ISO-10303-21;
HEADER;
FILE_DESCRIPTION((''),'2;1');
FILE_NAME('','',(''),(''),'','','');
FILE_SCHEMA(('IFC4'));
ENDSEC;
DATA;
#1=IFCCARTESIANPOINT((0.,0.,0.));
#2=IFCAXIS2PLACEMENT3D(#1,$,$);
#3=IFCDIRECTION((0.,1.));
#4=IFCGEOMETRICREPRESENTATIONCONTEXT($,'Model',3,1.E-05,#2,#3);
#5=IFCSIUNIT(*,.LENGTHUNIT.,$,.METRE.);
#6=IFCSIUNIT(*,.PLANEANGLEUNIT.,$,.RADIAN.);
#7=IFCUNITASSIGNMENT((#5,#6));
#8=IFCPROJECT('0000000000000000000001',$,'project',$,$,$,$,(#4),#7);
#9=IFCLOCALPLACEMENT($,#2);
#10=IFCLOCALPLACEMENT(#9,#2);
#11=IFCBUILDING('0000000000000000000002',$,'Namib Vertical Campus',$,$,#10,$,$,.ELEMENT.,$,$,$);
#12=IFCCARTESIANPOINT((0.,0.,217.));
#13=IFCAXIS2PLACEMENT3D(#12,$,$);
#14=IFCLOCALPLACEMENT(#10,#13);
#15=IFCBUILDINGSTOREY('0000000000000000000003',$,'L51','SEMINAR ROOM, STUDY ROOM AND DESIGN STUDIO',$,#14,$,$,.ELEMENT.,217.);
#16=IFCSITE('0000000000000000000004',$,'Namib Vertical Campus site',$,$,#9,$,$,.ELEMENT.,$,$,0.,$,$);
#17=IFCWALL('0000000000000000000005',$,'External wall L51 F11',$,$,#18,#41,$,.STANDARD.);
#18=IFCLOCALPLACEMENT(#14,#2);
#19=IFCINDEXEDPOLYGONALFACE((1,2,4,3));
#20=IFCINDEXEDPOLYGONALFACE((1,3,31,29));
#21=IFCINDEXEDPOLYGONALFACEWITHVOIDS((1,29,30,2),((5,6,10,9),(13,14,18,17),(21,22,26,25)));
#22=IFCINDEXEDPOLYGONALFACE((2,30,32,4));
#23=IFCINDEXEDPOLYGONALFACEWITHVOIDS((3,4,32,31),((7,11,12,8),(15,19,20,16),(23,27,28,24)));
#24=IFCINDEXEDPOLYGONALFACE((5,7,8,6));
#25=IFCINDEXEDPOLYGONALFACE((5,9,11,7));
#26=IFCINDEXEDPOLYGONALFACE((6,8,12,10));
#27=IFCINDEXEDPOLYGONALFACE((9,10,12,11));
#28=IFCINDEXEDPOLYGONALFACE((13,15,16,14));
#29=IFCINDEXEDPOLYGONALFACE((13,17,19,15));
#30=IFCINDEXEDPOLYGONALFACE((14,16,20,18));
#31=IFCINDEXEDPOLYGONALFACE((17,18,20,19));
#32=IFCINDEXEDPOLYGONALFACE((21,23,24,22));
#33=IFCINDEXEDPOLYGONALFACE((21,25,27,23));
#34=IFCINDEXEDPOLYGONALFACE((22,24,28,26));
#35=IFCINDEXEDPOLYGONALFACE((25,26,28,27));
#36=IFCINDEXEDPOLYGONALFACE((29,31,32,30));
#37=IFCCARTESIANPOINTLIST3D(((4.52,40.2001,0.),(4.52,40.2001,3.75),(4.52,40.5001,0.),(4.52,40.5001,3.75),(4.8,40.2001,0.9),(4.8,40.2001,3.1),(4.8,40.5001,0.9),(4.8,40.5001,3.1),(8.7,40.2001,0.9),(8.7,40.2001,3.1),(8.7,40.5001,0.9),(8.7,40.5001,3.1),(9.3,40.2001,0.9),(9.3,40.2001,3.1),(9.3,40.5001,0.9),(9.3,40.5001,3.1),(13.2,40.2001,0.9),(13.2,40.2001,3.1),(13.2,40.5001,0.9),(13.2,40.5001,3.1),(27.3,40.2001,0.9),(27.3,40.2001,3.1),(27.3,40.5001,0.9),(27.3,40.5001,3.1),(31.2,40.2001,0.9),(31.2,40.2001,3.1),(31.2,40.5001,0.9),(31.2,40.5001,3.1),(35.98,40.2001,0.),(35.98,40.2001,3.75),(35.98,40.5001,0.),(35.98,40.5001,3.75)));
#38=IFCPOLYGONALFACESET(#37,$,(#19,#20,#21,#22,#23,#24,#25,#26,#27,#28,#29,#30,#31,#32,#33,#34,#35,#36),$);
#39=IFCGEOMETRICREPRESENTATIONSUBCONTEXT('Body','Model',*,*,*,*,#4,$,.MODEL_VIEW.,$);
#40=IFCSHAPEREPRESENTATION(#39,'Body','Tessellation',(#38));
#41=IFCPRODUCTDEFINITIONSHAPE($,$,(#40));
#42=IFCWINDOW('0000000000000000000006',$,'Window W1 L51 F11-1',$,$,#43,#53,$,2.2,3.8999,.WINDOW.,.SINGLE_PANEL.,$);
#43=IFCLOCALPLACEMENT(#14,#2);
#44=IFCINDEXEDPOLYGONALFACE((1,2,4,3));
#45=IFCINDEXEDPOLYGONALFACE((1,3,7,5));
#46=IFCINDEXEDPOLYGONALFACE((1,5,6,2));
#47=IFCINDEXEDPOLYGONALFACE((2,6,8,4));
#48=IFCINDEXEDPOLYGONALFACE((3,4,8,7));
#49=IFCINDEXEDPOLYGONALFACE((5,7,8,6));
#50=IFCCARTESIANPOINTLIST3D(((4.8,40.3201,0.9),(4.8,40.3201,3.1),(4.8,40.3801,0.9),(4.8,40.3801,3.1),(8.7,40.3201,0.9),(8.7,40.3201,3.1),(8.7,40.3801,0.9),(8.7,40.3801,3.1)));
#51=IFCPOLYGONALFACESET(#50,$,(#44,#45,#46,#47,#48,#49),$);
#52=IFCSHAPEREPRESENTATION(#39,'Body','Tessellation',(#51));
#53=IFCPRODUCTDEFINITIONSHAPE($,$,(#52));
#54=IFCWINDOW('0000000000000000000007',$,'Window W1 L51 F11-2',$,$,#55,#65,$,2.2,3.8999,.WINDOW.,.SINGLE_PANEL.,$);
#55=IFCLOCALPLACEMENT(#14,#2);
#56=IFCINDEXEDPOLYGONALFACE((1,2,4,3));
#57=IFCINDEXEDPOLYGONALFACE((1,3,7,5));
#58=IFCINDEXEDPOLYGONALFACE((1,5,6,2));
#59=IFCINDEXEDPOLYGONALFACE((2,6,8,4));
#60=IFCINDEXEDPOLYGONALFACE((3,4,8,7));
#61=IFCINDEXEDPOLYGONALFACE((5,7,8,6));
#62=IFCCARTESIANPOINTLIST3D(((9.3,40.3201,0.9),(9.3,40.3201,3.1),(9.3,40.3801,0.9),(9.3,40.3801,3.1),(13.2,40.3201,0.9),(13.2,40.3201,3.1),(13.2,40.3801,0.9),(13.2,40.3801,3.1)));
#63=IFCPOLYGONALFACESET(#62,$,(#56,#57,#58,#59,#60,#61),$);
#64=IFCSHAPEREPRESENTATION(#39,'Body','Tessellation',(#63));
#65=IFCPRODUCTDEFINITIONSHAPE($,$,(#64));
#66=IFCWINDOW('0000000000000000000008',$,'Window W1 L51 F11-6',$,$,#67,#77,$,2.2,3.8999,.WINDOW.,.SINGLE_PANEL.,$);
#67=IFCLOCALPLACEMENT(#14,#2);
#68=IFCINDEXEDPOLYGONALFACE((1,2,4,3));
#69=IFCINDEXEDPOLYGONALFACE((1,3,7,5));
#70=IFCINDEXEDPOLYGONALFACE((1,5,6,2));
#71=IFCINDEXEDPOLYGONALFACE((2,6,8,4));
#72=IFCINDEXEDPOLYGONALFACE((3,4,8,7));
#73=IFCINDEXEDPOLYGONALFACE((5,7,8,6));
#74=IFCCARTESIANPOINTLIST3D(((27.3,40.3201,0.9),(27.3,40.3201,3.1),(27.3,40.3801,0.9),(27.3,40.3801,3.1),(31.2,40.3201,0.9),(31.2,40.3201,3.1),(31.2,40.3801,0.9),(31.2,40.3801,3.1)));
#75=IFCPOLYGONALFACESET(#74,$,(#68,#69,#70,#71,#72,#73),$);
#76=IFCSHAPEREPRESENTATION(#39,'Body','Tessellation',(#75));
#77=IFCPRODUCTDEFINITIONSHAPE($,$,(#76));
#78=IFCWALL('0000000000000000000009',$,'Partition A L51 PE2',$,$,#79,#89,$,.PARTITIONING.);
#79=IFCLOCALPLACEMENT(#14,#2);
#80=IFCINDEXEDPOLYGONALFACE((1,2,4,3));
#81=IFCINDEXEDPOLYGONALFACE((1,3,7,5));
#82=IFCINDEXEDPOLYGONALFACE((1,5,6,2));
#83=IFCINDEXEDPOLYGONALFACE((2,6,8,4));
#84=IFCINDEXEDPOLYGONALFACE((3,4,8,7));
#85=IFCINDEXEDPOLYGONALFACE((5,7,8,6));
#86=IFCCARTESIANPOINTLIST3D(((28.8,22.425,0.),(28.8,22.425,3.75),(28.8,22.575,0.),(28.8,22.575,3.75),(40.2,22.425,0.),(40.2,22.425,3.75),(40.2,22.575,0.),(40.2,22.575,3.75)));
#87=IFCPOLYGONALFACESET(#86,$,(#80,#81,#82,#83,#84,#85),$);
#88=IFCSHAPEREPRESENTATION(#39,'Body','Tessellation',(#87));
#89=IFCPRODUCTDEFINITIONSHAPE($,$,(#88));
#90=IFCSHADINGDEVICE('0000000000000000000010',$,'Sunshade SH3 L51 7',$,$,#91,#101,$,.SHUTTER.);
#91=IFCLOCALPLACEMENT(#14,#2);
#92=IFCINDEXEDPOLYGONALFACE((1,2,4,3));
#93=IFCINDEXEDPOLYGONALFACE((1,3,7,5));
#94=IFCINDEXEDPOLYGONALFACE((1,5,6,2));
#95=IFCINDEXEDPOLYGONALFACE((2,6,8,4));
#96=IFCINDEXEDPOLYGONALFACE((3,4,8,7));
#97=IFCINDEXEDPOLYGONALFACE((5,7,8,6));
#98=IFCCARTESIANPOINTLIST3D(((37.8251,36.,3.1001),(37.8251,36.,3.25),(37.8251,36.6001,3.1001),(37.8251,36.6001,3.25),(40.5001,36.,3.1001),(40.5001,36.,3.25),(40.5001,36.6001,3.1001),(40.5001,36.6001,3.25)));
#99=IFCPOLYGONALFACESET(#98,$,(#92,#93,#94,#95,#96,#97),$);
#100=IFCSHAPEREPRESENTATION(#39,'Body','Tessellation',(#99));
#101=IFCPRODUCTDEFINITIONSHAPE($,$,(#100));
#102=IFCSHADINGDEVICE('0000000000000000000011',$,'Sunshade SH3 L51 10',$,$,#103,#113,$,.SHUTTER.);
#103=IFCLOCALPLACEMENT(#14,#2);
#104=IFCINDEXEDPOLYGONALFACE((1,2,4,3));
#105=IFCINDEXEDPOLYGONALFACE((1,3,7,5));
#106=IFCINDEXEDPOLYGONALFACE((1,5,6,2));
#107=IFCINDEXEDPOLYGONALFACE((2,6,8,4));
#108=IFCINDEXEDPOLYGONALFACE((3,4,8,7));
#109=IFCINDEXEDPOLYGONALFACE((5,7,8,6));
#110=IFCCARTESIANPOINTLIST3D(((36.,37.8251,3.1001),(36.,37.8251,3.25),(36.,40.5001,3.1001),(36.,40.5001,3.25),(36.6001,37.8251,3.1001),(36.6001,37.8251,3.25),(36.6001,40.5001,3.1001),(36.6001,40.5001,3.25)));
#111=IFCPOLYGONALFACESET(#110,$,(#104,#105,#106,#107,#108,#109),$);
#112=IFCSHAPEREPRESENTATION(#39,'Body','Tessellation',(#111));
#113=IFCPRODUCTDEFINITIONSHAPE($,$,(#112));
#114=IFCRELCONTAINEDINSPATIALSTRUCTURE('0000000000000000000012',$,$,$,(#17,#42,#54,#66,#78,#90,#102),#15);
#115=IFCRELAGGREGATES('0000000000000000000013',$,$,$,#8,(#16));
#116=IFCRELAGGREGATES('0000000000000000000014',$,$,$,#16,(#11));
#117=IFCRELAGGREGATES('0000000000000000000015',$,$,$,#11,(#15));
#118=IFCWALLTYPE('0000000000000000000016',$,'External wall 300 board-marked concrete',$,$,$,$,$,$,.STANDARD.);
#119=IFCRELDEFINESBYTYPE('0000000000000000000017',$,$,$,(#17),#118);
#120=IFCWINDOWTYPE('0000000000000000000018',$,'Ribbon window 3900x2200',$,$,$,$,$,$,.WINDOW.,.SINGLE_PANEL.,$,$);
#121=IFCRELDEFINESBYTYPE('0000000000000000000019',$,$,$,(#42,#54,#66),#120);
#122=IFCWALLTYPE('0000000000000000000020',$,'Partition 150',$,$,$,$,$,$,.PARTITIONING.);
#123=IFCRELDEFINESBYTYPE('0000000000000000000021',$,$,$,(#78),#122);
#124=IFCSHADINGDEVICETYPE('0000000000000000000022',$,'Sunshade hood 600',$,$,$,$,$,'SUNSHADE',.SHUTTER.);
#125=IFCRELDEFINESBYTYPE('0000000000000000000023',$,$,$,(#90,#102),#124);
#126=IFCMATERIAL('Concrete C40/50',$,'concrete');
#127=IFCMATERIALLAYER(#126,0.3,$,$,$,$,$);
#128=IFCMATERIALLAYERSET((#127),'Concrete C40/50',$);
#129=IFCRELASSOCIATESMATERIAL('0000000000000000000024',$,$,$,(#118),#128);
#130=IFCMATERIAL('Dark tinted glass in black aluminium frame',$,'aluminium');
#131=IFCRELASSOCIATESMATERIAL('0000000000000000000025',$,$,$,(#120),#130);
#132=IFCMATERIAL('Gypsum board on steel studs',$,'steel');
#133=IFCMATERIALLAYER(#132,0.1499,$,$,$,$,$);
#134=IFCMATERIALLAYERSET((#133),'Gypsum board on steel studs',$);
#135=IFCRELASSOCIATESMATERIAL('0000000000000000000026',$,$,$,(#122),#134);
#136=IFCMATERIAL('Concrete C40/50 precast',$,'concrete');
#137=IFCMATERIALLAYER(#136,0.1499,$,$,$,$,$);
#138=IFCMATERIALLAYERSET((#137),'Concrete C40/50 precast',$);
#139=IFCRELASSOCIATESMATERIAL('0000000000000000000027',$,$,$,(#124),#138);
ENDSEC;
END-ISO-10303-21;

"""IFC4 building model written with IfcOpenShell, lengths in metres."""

from ifc_helpers import new_model, si_unit, direction, frame, frame_2d, origin, origin_2d, place, context, subcontext, project, spatial, rectangle, extrude, material, layer, layer_set, type_object, element, fill, save


model = new_model("IFC4")

# Units and contexts
model_context = context("Model", 3, precision=1e-05, world=origin(), true_north=direction((0.0, 1.0)))
body_context = subcontext(model_context, "Body", "Model", "MODEL_VIEW")
ifc_project = project(units=[si_unit("LENGTHUNIT", "METRE"), si_unit("PLANEANGLEUNIT", "RADIAN")], contexts=[model_context])

# Site, building, storey
site_placement = place(None, origin())
site = spatial("IfcSite", under=ifc_project, at=site_placement, Name="Namib Vertical Campus site", CompositionType="ELEMENT", RefElevation=0.0)
building_placement = place(site_placement, origin())
building = spatial("IfcBuilding", under=site, at=building_placement, Name="Namib Vertical Campus", CompositionType="ELEMENT")
storey_placement = place(building_placement, frame((0.0, 0.0, 217.0)))
storey = spatial("IfcBuildingStorey", under=building, at=storey_placement, Name="L51", Description="SEMINAR ROOM, STUDY ROOM AND DESIGN STUDIO", CompositionType="ELEMENT", Elevation=217.0)

# Shared definitions
ifc_material_1 = material(Name="Concrete C40/50", Category="concrete")
ifc_layer_1 = layer(ifc_material_1, 0.3)
ifc_layer_set_1 = layer_set([ifc_layer_1], Name="Concrete C40/50")
wall_type_1 = type_object("IfcWallType", Name="External wall 300 board-marked concrete", PredefinedType="STANDARD", material=ifc_layer_set_1)

# Wall, openings, windows
wall_1_placement = place(storey_placement, frame((35.98, 40.3501, 0.0), z_axis=(0.0, 0.0, 1.0), x_axis=(-1.0, 0.0, 0.0)))
wall_1 = element("IfcWall", 1, at=wall_1_placement, inside=storey, type_object=wall_type_1, Name="External wall L51 F11", PredefinedType="STANDARD", context=body_context, shape_type="SweptSolid", body=[
    extrude(rectangle(XDim=31.46, YDim=0.3, at=frame_2d((15.73, 0.0))), origin(), (0.0, 0.0, 1.0), 3.75),
])
opening_1_placement = place(wall_1_placement, frame((27.28, 0.0, 0.8999)))
opening_1 = element("IfcOpeningElement", 2, at=opening_1_placement, cuts=wall_1, PredefinedType="OPENING", context=body_context, shape_type="SweptSolid", body=[
    extrude(rectangle(XDim=3.8999, YDim=2.2, at=frame_2d((1.95, 1.1001))), frame((0.0, 0.1599, 0.0), z_axis=(0.0, -1.0, 0.0), x_axis=(1.0, 0.0, 0.0)), (0.0, 0.0, 1.0), 0.3201),
])
opening_2_placement = place(wall_1_placement, frame((22.78, 0.0, 0.8999)))
opening_2 = element("IfcOpeningElement", 3, at=opening_2_placement, cuts=wall_1, PredefinedType="OPENING", context=body_context, shape_type="SweptSolid", body=[
    extrude(rectangle(XDim=3.8999, YDim=2.2, at=frame_2d((1.95, 1.1001))), frame((0.0, 0.1599, 0.0), z_axis=(0.0, -1.0, 0.0), x_axis=(1.0, 0.0, 0.0)), (0.0, 0.0, 1.0), 0.3201),
])
opening_3_placement = place(wall_1_placement, frame((4.78, 0.0, 0.8999)))
opening_3 = element("IfcOpeningElement", 4, at=opening_3_placement, cuts=wall_1, PredefinedType="OPENING", context=body_context, shape_type="SweptSolid", body=[
    extrude(rectangle(XDim=3.8999, YDim=2.2, at=frame_2d((1.95, 1.1001))), frame((0.0, 0.1599, 0.0), z_axis=(0.0, -1.0, 0.0), x_axis=(1.0, 0.0, 0.0)), (0.0, 0.0, 1.0), 0.3201),
])
ifc_material_2 = material(Name="Dark tinted glass in black aluminium frame", Category="aluminium")
window_type = type_object("IfcWindowType", Name="Ribbon window 3900x2200", PartitioningType="SINGLE_PANEL", PredefinedType="WINDOW", material=ifc_material_2)
window_1_placement = place(opening_1_placement, origin())
window_1 = element("IfcWindow", 5, at=window_1_placement, inside=storey, type_object=window_type, Name="Window W1 L51 F11-1", OverallHeight=2.2, OverallWidth=3.8999, PartitioningType="SINGLE_PANEL", PredefinedType="WINDOW", context=body_context, shape_type="SweptSolid", body=[
    extrude(rectangle(XDim=3.8999, YDim=2.2, at=frame_2d((1.95, 1.1001))), frame((0.0, 0.03, 0.0), z_axis=(0.0, -1.0, 0.0), x_axis=(1.0, 0.0, 0.0)), (0.0, 0.0, 1.0), 0.0601),
])
fill(opening_1, window_1)
window_2_placement = place(opening_2_placement, origin())
window_2 = element("IfcWindow", 6, at=window_2_placement, inside=storey, type_object=window_type, Name="Window W1 L51 F11-2", OverallHeight=2.2, OverallWidth=3.8999, PartitioningType="SINGLE_PANEL", PredefinedType="WINDOW", context=body_context, shape_type="SweptSolid", body=[
    extrude(rectangle(XDim=3.8999, YDim=2.2, at=frame_2d((1.95, 1.1001))), frame((0.0, 0.03, 0.0), z_axis=(0.0, -1.0, 0.0), x_axis=(1.0, 0.0, 0.0)), (0.0, 0.0, 1.0), 0.0601),
])
fill(opening_2, window_2)
window_3_placement = place(opening_3_placement, origin())
window_3 = element("IfcWindow", 7, at=window_3_placement, inside=storey, type_object=window_type, Name="Window W1 L51 F11-6", OverallHeight=2.2, OverallWidth=3.8999, PartitioningType="SINGLE_PANEL", PredefinedType="WINDOW", context=body_context, shape_type="SweptSolid", body=[
    extrude(rectangle(XDim=3.8999, YDim=2.2, at=frame_2d((1.95, 1.1001))), frame((0.0, 0.03, 0.0), z_axis=(0.0, -1.0, 0.0), x_axis=(1.0, 0.0, 0.0)), (0.0, 0.0, 1.0), 0.0601),
])
fill(opening_3, window_3)

# Wall
ifc_material_3 = material(Name="Gypsum board on steel studs", Category="steel")
ifc_layer_2 = layer(ifc_material_3, 0.1499)
ifc_layer_set_2 = layer_set([ifc_layer_2], Name="Gypsum board on steel studs")
wall_type_2 = type_object("IfcWallType", Name="Partition 150", PredefinedType="PARTITIONING", material=ifc_layer_set_2)
wall_2_placement = place(storey_placement, frame((28.8, 22.5, 0.0), z_axis=(0.0, 0.0, 1.0), x_axis=(1.0, 0.0, 0.0)))
element("IfcWall", 8, at=wall_2_placement, inside=storey, type_object=wall_type_2, Name="Partition A L51 PE2", PredefinedType="PARTITIONING", context=body_context, shape_type="SweptSolid", body=[
    extrude(rectangle(XDim=11.3999, YDim=0.1499, at=frame_2d((5.7, 0.0))), origin(), (0.0, 0.0, 1.0), 3.75),
])

# Shading devices
ifc_material_4 = material(Name="Concrete C40/50 precast", Category="concrete")
ifc_layer_3 = layer(ifc_material_4, 0.1499)
ifc_layer_set_3 = layer_set([ifc_layer_3], Name="Concrete C40/50 precast")
shading_device_type = type_object("IfcShadingDeviceType", Name="Sunshade hood 600", ElementType="SUNSHADE", PredefinedType="SHUTTER", material=ifc_layer_set_3)
for number, where, z_axis, x_axis, name in (
    (9, (39.1626, 36.3, 3.1001), (0.0, 0.0, 1.0), (-1.0, 0.0, 0.0), "Sunshade SH3 L51 7"),
    (10, (36.3, 39.1626, 3.1001), (0.0, 0.0, 1.0), (0.0, 1.0, 0.0), "Sunshade SH3 L51 10"),
):
    element("IfcShadingDevice", number, at=place(storey_placement, frame(where, z_axis=z_axis, x_axis=x_axis)), inside=storey, type_object=shading_device_type, Name=name, PredefinedType="SHUTTER", context=body_context, shape_type="SweptSolid", body=[
        extrude(rectangle(XDim=2.675, YDim=0.6001, at=origin_2d()), origin(), (0.0, 0.0, 1.0), 0.1499),
    ])

save(model, "model.ifc")
